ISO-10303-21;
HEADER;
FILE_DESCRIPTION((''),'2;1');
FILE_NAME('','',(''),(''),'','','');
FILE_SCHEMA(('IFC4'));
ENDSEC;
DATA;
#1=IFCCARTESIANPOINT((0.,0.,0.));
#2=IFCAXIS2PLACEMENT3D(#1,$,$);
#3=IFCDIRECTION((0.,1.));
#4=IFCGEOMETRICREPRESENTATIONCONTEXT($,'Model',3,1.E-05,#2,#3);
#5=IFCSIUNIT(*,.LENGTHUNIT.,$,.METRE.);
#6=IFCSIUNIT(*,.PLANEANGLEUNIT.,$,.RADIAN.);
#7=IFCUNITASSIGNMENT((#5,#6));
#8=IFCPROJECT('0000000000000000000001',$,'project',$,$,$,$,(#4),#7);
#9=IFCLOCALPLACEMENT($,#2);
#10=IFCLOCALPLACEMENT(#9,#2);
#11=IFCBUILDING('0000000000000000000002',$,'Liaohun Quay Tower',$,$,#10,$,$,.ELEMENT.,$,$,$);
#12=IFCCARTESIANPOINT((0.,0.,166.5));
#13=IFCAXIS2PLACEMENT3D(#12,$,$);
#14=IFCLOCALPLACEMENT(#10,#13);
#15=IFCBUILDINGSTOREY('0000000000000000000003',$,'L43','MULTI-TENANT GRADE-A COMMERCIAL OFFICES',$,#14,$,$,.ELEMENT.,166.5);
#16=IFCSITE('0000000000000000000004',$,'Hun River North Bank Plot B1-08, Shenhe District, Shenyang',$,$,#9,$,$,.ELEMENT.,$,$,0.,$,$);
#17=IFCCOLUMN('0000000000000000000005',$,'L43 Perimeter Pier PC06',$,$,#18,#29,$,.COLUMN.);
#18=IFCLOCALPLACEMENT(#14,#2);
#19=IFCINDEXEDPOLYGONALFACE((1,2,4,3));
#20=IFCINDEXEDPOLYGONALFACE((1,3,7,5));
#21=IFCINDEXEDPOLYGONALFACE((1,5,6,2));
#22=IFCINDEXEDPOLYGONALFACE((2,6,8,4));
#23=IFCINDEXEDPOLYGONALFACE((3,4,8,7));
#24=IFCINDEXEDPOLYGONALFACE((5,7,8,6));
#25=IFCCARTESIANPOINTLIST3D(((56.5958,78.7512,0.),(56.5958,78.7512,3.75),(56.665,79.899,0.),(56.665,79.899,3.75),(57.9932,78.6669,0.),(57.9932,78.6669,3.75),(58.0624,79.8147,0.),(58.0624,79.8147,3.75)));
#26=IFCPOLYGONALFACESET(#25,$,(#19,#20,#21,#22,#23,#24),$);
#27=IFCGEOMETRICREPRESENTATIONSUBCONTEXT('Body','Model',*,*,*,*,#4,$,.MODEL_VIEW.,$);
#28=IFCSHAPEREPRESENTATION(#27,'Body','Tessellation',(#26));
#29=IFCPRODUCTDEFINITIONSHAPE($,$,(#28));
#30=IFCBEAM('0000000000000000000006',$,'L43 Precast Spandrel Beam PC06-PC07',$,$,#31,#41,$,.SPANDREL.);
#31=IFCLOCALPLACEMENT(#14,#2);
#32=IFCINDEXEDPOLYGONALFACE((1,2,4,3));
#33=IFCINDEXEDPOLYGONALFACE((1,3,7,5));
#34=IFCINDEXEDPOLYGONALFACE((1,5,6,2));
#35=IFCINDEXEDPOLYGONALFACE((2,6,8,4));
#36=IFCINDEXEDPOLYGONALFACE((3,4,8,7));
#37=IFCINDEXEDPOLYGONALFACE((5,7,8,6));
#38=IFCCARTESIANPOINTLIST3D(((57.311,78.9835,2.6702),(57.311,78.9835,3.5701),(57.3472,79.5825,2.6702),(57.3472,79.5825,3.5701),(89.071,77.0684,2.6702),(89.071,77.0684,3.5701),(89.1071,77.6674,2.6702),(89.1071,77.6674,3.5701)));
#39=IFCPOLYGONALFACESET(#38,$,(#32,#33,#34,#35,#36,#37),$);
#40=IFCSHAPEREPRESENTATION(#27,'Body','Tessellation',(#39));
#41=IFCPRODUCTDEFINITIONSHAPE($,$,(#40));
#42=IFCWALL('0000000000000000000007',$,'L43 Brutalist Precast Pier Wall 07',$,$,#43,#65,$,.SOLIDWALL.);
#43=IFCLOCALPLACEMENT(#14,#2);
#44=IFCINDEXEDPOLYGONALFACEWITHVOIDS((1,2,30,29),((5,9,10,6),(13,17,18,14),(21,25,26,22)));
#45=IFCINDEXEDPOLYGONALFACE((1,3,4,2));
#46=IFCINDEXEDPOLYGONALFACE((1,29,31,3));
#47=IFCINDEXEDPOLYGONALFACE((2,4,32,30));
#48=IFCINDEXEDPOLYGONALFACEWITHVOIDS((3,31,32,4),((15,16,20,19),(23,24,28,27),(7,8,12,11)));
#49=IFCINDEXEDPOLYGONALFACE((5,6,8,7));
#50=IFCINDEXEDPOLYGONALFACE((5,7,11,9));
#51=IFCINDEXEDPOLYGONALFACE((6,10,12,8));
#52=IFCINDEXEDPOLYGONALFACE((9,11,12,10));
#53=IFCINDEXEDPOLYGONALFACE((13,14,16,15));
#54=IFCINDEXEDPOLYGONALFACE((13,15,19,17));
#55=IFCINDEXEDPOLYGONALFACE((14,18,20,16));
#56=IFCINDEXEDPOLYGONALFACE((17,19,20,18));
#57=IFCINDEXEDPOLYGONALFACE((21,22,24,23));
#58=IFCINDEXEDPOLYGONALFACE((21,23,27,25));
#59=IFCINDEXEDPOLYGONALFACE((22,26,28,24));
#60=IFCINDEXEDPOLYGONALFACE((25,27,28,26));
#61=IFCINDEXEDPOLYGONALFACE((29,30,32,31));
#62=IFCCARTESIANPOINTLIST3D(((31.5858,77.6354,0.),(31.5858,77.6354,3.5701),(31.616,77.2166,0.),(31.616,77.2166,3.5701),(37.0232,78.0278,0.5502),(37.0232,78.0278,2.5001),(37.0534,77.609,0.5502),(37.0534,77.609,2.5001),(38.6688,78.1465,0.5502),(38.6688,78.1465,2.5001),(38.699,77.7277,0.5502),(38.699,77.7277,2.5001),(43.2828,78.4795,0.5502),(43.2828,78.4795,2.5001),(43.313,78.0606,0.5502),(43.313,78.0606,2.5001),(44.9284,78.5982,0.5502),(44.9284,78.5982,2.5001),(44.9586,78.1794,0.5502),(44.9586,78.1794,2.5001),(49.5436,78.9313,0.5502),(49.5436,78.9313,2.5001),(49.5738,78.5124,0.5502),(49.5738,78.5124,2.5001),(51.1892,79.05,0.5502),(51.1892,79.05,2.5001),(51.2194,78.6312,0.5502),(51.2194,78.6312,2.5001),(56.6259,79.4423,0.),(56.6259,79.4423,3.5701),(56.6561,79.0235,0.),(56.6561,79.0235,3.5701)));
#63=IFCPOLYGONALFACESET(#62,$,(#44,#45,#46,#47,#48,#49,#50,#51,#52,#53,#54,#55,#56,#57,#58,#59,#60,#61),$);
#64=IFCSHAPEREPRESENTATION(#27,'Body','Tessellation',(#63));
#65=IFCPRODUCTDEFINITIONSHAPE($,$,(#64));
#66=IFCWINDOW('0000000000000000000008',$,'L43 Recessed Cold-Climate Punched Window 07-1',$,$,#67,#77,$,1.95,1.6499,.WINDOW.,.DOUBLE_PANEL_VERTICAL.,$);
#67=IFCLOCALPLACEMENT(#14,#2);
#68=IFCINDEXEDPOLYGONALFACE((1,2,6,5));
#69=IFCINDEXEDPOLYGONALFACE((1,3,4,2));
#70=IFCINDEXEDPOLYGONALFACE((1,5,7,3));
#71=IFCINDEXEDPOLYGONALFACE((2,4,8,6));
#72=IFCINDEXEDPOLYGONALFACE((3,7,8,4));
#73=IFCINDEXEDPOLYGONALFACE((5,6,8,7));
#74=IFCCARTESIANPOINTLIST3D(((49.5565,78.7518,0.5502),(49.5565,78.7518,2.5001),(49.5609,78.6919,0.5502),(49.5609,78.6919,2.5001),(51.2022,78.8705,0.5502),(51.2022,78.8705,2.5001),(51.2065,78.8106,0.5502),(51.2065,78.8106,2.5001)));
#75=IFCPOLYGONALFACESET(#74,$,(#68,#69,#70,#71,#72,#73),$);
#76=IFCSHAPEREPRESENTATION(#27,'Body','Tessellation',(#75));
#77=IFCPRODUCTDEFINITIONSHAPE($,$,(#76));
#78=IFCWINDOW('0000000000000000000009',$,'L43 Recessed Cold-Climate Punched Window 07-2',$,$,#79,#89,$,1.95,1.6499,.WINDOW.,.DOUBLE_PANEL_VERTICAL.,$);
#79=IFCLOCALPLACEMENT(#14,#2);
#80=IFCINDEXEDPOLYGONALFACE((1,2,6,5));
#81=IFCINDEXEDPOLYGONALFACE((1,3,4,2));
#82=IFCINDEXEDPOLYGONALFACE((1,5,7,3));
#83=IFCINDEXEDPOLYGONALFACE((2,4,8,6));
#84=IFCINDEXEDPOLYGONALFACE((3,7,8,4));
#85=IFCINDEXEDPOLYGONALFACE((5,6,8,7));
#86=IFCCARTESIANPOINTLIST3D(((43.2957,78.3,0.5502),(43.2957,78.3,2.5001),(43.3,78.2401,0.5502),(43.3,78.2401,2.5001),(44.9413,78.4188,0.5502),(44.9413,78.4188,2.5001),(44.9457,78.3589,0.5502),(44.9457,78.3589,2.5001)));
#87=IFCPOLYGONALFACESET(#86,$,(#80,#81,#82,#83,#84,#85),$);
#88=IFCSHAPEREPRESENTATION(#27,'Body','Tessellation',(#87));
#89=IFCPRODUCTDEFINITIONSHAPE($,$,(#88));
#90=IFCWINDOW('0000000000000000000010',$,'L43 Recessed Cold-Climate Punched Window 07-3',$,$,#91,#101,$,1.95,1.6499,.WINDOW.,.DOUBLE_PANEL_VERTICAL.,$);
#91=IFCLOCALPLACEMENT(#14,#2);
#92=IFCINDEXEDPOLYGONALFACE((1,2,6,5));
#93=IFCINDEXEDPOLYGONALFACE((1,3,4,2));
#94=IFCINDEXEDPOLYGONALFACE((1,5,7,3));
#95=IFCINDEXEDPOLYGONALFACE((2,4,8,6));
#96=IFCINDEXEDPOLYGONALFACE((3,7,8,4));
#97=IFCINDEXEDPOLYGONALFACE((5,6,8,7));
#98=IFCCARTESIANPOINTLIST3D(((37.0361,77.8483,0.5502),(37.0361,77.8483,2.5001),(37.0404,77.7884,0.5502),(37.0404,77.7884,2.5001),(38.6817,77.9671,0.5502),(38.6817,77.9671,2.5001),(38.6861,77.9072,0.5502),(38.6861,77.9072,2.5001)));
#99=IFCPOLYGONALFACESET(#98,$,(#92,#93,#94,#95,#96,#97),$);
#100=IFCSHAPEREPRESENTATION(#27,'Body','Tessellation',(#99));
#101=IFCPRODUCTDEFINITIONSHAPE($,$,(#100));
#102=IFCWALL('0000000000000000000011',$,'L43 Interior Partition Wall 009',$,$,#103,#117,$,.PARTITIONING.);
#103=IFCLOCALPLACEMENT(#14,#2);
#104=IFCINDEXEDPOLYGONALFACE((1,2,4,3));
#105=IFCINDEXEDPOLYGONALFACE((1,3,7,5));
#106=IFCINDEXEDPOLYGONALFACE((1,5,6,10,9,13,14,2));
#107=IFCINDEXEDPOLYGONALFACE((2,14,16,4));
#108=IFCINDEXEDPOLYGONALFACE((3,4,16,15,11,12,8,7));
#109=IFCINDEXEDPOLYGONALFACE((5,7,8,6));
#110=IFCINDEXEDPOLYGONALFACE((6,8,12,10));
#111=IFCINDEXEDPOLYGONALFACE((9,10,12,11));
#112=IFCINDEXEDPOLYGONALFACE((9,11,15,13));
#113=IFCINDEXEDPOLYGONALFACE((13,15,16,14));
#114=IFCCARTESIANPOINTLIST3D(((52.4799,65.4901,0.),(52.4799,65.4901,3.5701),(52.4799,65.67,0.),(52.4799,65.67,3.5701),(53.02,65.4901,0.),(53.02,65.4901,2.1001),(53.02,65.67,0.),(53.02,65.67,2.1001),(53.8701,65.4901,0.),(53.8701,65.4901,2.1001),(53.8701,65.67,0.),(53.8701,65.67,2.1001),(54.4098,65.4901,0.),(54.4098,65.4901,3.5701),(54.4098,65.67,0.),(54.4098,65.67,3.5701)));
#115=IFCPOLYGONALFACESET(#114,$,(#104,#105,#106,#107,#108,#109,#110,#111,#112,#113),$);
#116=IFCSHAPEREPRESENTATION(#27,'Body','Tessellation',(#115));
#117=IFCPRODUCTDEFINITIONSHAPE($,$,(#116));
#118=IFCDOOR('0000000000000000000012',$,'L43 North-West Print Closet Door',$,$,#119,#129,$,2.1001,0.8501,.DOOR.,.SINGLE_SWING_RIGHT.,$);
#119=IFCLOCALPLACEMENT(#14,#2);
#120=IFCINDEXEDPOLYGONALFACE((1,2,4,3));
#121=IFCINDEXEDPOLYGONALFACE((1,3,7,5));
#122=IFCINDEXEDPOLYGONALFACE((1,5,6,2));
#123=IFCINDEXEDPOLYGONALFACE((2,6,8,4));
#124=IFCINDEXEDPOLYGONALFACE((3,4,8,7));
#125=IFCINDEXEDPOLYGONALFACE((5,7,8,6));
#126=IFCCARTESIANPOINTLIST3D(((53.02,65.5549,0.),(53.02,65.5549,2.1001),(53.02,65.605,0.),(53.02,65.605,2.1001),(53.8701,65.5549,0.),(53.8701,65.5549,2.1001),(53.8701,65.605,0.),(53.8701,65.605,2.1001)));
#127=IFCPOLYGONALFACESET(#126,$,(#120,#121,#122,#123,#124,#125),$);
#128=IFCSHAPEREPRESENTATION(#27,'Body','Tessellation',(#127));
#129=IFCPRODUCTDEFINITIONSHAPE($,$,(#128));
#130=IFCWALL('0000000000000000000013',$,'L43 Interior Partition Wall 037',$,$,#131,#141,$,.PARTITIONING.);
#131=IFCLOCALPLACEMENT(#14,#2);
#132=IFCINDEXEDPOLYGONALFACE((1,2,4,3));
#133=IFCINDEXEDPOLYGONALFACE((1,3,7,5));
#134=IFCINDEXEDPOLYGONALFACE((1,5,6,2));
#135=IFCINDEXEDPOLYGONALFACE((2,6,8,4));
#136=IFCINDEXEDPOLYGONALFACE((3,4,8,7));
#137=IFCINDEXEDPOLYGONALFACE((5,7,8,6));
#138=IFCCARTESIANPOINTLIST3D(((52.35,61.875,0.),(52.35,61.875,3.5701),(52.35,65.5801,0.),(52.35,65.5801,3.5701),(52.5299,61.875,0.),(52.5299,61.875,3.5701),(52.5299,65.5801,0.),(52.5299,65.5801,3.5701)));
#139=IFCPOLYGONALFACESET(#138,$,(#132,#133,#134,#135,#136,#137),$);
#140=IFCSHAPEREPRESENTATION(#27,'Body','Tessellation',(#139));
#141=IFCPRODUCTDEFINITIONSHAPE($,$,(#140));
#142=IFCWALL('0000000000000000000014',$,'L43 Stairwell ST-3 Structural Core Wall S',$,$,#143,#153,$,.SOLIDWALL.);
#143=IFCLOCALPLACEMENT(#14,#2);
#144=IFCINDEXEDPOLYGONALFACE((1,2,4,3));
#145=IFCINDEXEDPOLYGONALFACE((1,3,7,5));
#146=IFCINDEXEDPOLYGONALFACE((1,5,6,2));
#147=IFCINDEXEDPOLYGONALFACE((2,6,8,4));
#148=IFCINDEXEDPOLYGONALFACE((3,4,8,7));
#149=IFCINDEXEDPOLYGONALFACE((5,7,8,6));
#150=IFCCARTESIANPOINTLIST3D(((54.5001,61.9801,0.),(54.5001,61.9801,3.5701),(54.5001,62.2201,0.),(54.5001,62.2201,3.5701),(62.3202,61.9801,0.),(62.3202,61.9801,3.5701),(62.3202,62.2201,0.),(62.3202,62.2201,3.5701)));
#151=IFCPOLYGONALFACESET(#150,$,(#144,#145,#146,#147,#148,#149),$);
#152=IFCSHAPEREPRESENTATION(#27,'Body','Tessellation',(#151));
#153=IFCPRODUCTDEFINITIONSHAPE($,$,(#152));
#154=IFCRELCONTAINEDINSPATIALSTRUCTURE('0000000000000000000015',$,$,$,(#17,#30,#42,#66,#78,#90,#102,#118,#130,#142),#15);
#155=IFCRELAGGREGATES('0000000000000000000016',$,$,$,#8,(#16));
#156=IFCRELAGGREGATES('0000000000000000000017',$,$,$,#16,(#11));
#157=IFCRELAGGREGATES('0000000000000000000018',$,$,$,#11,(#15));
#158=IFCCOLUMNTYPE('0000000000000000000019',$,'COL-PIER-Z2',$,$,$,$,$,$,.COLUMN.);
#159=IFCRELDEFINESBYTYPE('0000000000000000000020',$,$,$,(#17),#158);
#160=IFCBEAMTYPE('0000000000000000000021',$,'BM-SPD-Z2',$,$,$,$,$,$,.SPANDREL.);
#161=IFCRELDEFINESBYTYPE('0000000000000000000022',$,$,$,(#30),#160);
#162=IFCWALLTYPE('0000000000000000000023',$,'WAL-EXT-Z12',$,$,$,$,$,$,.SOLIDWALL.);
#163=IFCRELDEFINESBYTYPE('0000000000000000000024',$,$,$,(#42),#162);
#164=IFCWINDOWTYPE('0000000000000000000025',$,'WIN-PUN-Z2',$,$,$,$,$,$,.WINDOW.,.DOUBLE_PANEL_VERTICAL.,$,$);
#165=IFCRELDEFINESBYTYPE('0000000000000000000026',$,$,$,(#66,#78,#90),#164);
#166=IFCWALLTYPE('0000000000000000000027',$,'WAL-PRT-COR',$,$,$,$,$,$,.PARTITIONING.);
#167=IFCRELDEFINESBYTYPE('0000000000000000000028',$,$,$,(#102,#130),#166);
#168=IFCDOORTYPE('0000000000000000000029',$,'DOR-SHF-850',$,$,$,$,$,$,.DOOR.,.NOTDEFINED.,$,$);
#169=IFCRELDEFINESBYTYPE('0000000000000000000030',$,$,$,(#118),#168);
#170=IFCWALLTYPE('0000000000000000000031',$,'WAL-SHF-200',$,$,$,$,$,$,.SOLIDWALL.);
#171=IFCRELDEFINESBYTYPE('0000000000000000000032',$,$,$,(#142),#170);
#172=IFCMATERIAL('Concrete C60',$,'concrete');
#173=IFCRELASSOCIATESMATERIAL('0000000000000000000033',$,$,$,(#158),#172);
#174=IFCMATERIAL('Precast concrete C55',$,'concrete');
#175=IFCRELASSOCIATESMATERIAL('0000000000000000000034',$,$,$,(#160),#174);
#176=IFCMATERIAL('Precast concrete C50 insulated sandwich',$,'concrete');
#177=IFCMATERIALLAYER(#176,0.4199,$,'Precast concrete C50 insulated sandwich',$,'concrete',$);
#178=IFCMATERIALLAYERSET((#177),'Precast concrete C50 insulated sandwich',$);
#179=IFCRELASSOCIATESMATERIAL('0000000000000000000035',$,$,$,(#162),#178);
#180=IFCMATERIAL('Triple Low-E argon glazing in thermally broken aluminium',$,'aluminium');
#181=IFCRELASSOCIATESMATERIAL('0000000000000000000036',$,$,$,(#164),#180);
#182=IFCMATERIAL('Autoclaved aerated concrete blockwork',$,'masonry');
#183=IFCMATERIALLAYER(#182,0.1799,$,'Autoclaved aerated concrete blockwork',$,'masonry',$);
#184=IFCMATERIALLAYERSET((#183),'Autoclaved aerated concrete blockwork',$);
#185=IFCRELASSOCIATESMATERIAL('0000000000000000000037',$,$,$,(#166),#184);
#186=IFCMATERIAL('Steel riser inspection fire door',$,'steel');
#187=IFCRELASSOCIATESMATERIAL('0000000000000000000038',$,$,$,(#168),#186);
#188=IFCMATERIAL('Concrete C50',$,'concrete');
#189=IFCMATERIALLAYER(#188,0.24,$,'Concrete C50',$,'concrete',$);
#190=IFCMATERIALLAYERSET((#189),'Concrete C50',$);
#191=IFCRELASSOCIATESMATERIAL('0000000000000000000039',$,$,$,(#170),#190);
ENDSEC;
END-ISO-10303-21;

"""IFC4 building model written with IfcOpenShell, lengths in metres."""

from ifc_helpers import new_model, si_unit, direction, frame, frame_2d, origin, origin_2d, place, context, subcontext, project, spatial, rectangle, extrude, source, transform, mapped, material, layer, layer_set, material_profile, profile_set, type_object, element, fill, save


model = new_model("IFC4")

# Units and contexts
model_context = context("Model", 3, precision=1e-05, world=origin(), true_north=direction((0.0, 1.0)))
body_context = subcontext(model_context, "Body", "Model", "MODEL_VIEW")
ifc_project = project(units=[si_unit("LENGTHUNIT", "METRE"), si_unit("PLANEANGLEUNIT", "RADIAN")], contexts=[model_context])

# Site, building, storey
site_placement = place(None, origin())
site = spatial("IfcSite", under=ifc_project, at=site_placement, Name="Hun River North Bank Plot B1-08, Shenhe District, Shenyang", CompositionType="ELEMENT", RefElevation=0.0)
building_placement = place(site_placement, origin())
building = spatial("IfcBuilding", under=site, at=building_placement, Name="Liaohun Quay Tower", CompositionType="ELEMENT")
storey_placement = place(building_placement, frame((0.0, 0.0, 166.5)))
storey = spatial("IfcBuildingStorey", under=building, at=storey_placement, Name="L43", Description="MULTI-TENANT GRADE-A COMMERCIAL OFFICES", CompositionType="ELEMENT", Elevation=166.5)

# Column
ifc_material_1 = material(Name="Concrete C60", Category="concrete")
ifc_material_profile_1 = material_profile(ifc_material_1, rectangle(XDim=1.3999, YDim=1.1499, at=origin_2d()), Name="RC1400x1150")
ifc_profile_set_1 = profile_set([ifc_material_profile_1], Name="Concrete C60")
column_type = type_object("IfcColumnType", Name="COL-PIER-Z2", PredefinedType="COLUMN", material=ifc_profile_set_1)
shared_shape_1 = source(origin(), body_context, "Body", "SweptSolid", [
    extrude(rectangle(XDim=1.3999, YDim=1.1499, at=origin_2d()), origin(), (0.0, 0.0, 1.0), 3.75),
])
column_placement = place(storey_placement, frame((57.3291, 79.283, 0.0), z_axis=(0.0, 0.0, 1.0), x_axis=(-0.998188, 0.060177, 0.0)))
element("IfcColumn", 1, at=column_placement, inside=storey, type_object=column_type, Name="L43 Perimeter Pier PC06", PredefinedType="COLUMN", context=body_context, shape_type="MappedRepresentation", body=[
    mapped(shared_shape_1, transform((0.0, 0.0, 0.0), x_axis=(1.0, 0.0, 0.0), y_axis=(0.0, 1.0, 0.0), z_axis=(0.0, 0.0, 1.0), scale=1.0)),
])

# Beam
ifc_material_2 = material(Name="Precast concrete C55", Category="concrete")
ifc_material_profile_2 = material_profile(ifc_material_2, rectangle(XDim=0.6001, YDim=0.8999, at=origin_2d()), Name="RC600x900")
ifc_profile_set_2 = profile_set([ifc_material_profile_2], Name="Precast concrete C55")
beam_type = type_object("IfcBeamType", Name="BM-SPD-Z2", PredefinedType="SPANDREL", material=ifc_profile_set_2)
shared_shape_2 = source(origin(), body_context, "Body", "SweptSolid", [
    extrude(rectangle(XDim=0.6001, YDim=0.8999, at=origin_2d()), origin(), (0.0, 0.0, 1.0), 31.8176),
])
beam_placement = place(storey_placement, frame((57.3291, 79.283, 3.1201), z_axis=(0.998187, -0.060188, 0.0), x_axis=(0.060188, 0.998187, 0.0)))
element("IfcBeam", 2, at=beam_placement, inside=storey, type_object=beam_type, Name="L43 Precast Spandrel Beam PC06-PC07", PredefinedType="SPANDREL", context=body_context, shape_type="MappedRepresentation", body=[
    mapped(shared_shape_2, transform((0.0, 0.0, 0.0), x_axis=(1.0, 0.0, 0.0), y_axis=(0.0, 1.0, 0.0), z_axis=(0.0, 0.0, 1.0), scale=1.0)),
])

# Wall, openings, windows
ifc_material_3 = material(Name="Precast concrete C50 insulated sandwich", Category="concrete")
ifc_layer_1 = layer(ifc_material_3, 0.4199, Name="Precast concrete C50 insulated sandwich", Category="concrete")
ifc_layer_set_1 = layer_set([ifc_layer_1], Name="Precast concrete C50 insulated sandwich")
wall_type_1 = type_object("IfcWallType", Name="WAL-EXT-Z12", PredefinedType="SOLIDWALL", material=ifc_layer_set_1)
wall_1_placement = place(storey_placement, frame((56.6411, 79.2329, 0.0), z_axis=(0.0, 0.0, 1.0), x_axis=(-0.997407, -0.071973, 0.0)))
wall_1 = element("IfcWall", 3, at=wall_1_placement, inside=storey, type_object=wall_type_1, Name="L43 Brutalist Precast Pier Wall 07", PredefinedType="SOLIDWALL", context=body_context, shape_type="SweptSolid", body=[
    extrude(rectangle(XDim=25.1052, YDim=0.4199, at=frame_2d((12.5527, 0.0))), origin(), (0.0, 0.0, 1.0), 3.5701),
])
shared_shape_3 = source(origin(), body_context, "Body", "SweptSolid", [
    extrude(rectangle(XDim=1.6499, YDim=1.95, at=frame_2d((0.825, 0.9751))), frame((0.0, 0.22, 0.0), z_axis=(0.0, -1.0, 0.0), x_axis=(1.0, 0.0, 0.0)), (0.0, 0.0, 1.0), 0.4399),
])
opening_1_placement = place(wall_1_placement, frame((5.4509, 0.0, 0.55)))
opening_1 = element("IfcOpeningElement", 4, at=opening_1_placement, cuts=wall_1, PredefinedType="OPENING", context=body_context, shape_type="MappedRepresentation", body=[
    mapped(shared_shape_3, transform((0.0, 0.0, 0.0), x_axis=(1.0, 0.0, 0.0), y_axis=(0.0, 1.0, 0.0), z_axis=(0.0, 0.0, 1.0), scale=1.0)),
])
opening_2_placement = place(wall_1_placement, frame((11.728, 0.0, 0.55)))
opening_2 = element("IfcOpeningElement", 5, at=opening_2_placement, cuts=wall_1, PredefinedType="OPENING", context=body_context, shape_type="MappedRepresentation", body=[
    mapped(shared_shape_3, transform((0.0, 0.0, 0.0), x_axis=(1.0, 0.0, 0.0), y_axis=(0.0, 1.0, 0.0), z_axis=(0.0, 0.0, 1.0), scale=1.0)),
])
opening_3_placement = place(wall_1_placement, frame((18.0039, 0.0, 0.55)))
opening_3 = element("IfcOpeningElement", 6, at=opening_3_placement, cuts=wall_1, PredefinedType="OPENING", context=body_context, shape_type="MappedRepresentation", body=[
    mapped(shared_shape_3, transform((0.0, 0.0, 0.0), x_axis=(1.0, 0.0, 0.0), y_axis=(0.0, 1.0, 0.0), z_axis=(0.0, 0.0, 1.0), scale=1.0)),
])
ifc_material_4 = material(Name="Triple Low-E argon glazing in thermally broken aluminium", Category="aluminium")
window_type = type_object("IfcWindowType", Name="WIN-PUN-Z2", PartitioningType="DOUBLE_PANEL_VERTICAL", PredefinedType="WINDOW", material=ifc_material_4)
shared_shape_4 = source(origin(), body_context, "Body", "SweptSolid", [
    extrude(rectangle(XDim=1.6499, YDim=1.95, at=frame_2d((0.825, 0.9751))), frame((0.0, 0.03, 0.0), z_axis=(0.0, -1.0, 0.0), x_axis=(1.0, 0.0, 0.0)), (0.0, 0.0, 1.0), 0.0601),
])
window_1_placement = place(opening_1_placement, origin())
window_1 = element("IfcWindow", 7, at=window_1_placement, inside=storey, type_object=window_type, Name="L43 Recessed Cold-Climate Punched Window 07-1", OverallHeight=1.95, OverallWidth=1.6499, PartitioningType="DOUBLE_PANEL_VERTICAL", PredefinedType="WINDOW", context=body_context, shape_type="MappedRepresentation", body=[
    mapped(shared_shape_4, transform((0.0, 0.0, 0.0), x_axis=(1.0, 0.0, 0.0), y_axis=(0.0, 1.0, 0.0), z_axis=(0.0, 0.0, 1.0), scale=1.0)),
])
fill(opening_1, window_1)
window_2_placement = place(opening_2_placement, origin())
window_2 = element("IfcWindow", 8, at=window_2_placement, inside=storey, type_object=window_type, Name="L43 Recessed Cold-Climate Punched Window 07-2", OverallHeight=1.95, OverallWidth=1.6499, PartitioningType="DOUBLE_PANEL_VERTICAL", PredefinedType="WINDOW", context=body_context, shape_type="MappedRepresentation", body=[
    mapped(shared_shape_4, transform((0.0, 0.0, 0.0), x_axis=(1.0, 0.0, 0.0), y_axis=(0.0, 1.0, 0.0), z_axis=(0.0, 0.0, 1.0), scale=1.0)),
])
fill(opening_2, window_2)
window_3_placement = place(opening_3_placement, origin())
window_3 = element("IfcWindow", 9, at=window_3_placement, inside=storey, type_object=window_type, Name="L43 Recessed Cold-Climate Punched Window 07-3", OverallHeight=1.95, OverallWidth=1.6499, PartitioningType="DOUBLE_PANEL_VERTICAL", PredefinedType="WINDOW", context=body_context, shape_type="MappedRepresentation", body=[
    mapped(shared_shape_4, transform((0.0, 0.0, 0.0), x_axis=(1.0, 0.0, 0.0), y_axis=(0.0, 1.0, 0.0), z_axis=(0.0, 0.0, 1.0), scale=1.0)),
])
fill(opening_3, window_3)

# Wall, opening, door
ifc_material_5 = material(Name="Autoclaved aerated concrete blockwork", Category="masonry")
ifc_layer_2 = layer(ifc_material_5, 0.1799, Name="Autoclaved aerated concrete blockwork", Category="masonry")
ifc_layer_set_2 = layer_set([ifc_layer_2], Name="Autoclaved aerated concrete blockwork")
wall_type_2 = type_object("IfcWallType", Name="WAL-PRT-COR", PredefinedType="PARTITIONING", material=ifc_layer_set_2)
wall_2_placement = place(storey_placement, frame((52.48, 65.5801, 0.0), z_axis=(0.0, 0.0, 1.0), x_axis=(1.0, 0.0, 0.0)))
wall_2 = element("IfcWall", 10, at=wall_2_placement, inside=storey, type_object=wall_type_2, Name="L43 Interior Partition Wall 009", PredefinedType="PARTITIONING", context=body_context, shape_type="SweptSolid", body=[
    extrude(rectangle(XDim=1.9299, YDim=0.1799, at=frame_2d((0.9648, 0.0))), origin(), (0.0, 0.0, 1.0), 3.5701),
])
shared_shape_5 = source(origin(), body_context, "Body", "SweptSolid", [
    extrude(rectangle(XDim=0.8501, YDim=2.1001, at=frame_2d((0.425, 1.05))), frame((0.0, 0.0999, 0.0), z_axis=(0.0, -1.0, 0.0), x_axis=(1.0, 0.0, 0.0)), (0.0, 0.0, 1.0), 0.2),
])
opening_4_placement = place(wall_2_placement, frame((0.54, 0.0, 0.0)))
opening_4 = element("IfcOpeningElement", 11, at=opening_4_placement, cuts=wall_2, PredefinedType="OPENING", context=body_context, shape_type="MappedRepresentation", body=[
    mapped(shared_shape_5, transform((0.0, 0.0, 0.0), x_axis=(1.0, 0.0, 0.0), y_axis=(0.0, 1.0, 0.0), z_axis=(0.0, 0.0, 1.0), scale=1.0)),
])
ifc_material_6 = material(Name="Steel riser inspection fire door", Category="steel")
door_type = type_object("IfcDoorType", Name="DOR-SHF-850", OperationType="NOTDEFINED", PredefinedType="DOOR", material=ifc_material_6)
shared_shape_6 = source(origin(), body_context, "Body", "SweptSolid", [
    extrude(rectangle(XDim=0.8501, YDim=2.1001, at=frame_2d((0.425, 1.05))), frame((0.0, 0.0249, 0.0), z_axis=(0.0, -1.0, 0.0), x_axis=(1.0, 0.0, 0.0)), (0.0, 0.0, 1.0), 0.05),
])
door_placement = place(opening_4_placement, origin())
door = element("IfcDoor", 12, at=door_placement, inside=storey, type_object=door_type, Name="L43 North-West Print Closet Door", OperationType="SINGLE_SWING_RIGHT", OverallHeight=2.1001, OverallWidth=0.8501, PredefinedType="DOOR", context=body_context, shape_type="MappedRepresentation", body=[
    mapped(shared_shape_6, transform((0.0, 0.0, 0.0), x_axis=(1.0, 0.0, 0.0), y_axis=(0.0, 1.0, 0.0), z_axis=(0.0, 0.0, 1.0), scale=1.0)),
])
fill(opening_4, door)

# Walls
wall_3_placement = place(storey_placement, frame((52.4399, 61.875, 0.0), z_axis=(0.0, 0.0, 1.0), x_axis=(0.0, 1.0, 0.0)))
element("IfcWall", 13, at=wall_3_placement, inside=storey, type_object=wall_type_2, Name="L43 Interior Partition Wall 037", PredefinedType="PARTITIONING", context=body_context, shape_type="SweptSolid", body=[
    extrude(rectangle(XDim=3.7051, YDim=0.1799, at=frame_2d((1.8525, 0.0))), origin(), (0.0, 0.0, 1.0), 3.5701),
])
ifc_material_7 = material(Name="Concrete C50", Category="concrete")
ifc_layer_3 = layer(ifc_material_7, 0.24, Name="Concrete C50", Category="concrete")
ifc_layer_set_3 = layer_set([ifc_layer_3], Name="Concrete C50")
wall_type_3 = type_object("IfcWallType", Name="WAL-SHF-200", PredefinedType="SOLIDWALL", material=ifc_layer_set_3)
wall_4_placement = place(storey_placement, frame((54.5, 62.1001, 0.0), z_axis=(0.0, 0.0, 1.0), x_axis=(1.0, 0.0, 0.0)))
element("IfcWall", 14, at=wall_4_placement, inside=storey, type_object=wall_type_3, Name="L43 Stairwell ST-3 Structural Core Wall S", PredefinedType="SOLIDWALL", context=body_context, shape_type="SweptSolid", body=[
    extrude(rectangle(XDim=7.8201, YDim=0.24, at=frame_2d((3.9102, 0.0))), origin(), (0.0, 0.0, 1.0), 3.5701),
])

save(model, "model.ifc")
